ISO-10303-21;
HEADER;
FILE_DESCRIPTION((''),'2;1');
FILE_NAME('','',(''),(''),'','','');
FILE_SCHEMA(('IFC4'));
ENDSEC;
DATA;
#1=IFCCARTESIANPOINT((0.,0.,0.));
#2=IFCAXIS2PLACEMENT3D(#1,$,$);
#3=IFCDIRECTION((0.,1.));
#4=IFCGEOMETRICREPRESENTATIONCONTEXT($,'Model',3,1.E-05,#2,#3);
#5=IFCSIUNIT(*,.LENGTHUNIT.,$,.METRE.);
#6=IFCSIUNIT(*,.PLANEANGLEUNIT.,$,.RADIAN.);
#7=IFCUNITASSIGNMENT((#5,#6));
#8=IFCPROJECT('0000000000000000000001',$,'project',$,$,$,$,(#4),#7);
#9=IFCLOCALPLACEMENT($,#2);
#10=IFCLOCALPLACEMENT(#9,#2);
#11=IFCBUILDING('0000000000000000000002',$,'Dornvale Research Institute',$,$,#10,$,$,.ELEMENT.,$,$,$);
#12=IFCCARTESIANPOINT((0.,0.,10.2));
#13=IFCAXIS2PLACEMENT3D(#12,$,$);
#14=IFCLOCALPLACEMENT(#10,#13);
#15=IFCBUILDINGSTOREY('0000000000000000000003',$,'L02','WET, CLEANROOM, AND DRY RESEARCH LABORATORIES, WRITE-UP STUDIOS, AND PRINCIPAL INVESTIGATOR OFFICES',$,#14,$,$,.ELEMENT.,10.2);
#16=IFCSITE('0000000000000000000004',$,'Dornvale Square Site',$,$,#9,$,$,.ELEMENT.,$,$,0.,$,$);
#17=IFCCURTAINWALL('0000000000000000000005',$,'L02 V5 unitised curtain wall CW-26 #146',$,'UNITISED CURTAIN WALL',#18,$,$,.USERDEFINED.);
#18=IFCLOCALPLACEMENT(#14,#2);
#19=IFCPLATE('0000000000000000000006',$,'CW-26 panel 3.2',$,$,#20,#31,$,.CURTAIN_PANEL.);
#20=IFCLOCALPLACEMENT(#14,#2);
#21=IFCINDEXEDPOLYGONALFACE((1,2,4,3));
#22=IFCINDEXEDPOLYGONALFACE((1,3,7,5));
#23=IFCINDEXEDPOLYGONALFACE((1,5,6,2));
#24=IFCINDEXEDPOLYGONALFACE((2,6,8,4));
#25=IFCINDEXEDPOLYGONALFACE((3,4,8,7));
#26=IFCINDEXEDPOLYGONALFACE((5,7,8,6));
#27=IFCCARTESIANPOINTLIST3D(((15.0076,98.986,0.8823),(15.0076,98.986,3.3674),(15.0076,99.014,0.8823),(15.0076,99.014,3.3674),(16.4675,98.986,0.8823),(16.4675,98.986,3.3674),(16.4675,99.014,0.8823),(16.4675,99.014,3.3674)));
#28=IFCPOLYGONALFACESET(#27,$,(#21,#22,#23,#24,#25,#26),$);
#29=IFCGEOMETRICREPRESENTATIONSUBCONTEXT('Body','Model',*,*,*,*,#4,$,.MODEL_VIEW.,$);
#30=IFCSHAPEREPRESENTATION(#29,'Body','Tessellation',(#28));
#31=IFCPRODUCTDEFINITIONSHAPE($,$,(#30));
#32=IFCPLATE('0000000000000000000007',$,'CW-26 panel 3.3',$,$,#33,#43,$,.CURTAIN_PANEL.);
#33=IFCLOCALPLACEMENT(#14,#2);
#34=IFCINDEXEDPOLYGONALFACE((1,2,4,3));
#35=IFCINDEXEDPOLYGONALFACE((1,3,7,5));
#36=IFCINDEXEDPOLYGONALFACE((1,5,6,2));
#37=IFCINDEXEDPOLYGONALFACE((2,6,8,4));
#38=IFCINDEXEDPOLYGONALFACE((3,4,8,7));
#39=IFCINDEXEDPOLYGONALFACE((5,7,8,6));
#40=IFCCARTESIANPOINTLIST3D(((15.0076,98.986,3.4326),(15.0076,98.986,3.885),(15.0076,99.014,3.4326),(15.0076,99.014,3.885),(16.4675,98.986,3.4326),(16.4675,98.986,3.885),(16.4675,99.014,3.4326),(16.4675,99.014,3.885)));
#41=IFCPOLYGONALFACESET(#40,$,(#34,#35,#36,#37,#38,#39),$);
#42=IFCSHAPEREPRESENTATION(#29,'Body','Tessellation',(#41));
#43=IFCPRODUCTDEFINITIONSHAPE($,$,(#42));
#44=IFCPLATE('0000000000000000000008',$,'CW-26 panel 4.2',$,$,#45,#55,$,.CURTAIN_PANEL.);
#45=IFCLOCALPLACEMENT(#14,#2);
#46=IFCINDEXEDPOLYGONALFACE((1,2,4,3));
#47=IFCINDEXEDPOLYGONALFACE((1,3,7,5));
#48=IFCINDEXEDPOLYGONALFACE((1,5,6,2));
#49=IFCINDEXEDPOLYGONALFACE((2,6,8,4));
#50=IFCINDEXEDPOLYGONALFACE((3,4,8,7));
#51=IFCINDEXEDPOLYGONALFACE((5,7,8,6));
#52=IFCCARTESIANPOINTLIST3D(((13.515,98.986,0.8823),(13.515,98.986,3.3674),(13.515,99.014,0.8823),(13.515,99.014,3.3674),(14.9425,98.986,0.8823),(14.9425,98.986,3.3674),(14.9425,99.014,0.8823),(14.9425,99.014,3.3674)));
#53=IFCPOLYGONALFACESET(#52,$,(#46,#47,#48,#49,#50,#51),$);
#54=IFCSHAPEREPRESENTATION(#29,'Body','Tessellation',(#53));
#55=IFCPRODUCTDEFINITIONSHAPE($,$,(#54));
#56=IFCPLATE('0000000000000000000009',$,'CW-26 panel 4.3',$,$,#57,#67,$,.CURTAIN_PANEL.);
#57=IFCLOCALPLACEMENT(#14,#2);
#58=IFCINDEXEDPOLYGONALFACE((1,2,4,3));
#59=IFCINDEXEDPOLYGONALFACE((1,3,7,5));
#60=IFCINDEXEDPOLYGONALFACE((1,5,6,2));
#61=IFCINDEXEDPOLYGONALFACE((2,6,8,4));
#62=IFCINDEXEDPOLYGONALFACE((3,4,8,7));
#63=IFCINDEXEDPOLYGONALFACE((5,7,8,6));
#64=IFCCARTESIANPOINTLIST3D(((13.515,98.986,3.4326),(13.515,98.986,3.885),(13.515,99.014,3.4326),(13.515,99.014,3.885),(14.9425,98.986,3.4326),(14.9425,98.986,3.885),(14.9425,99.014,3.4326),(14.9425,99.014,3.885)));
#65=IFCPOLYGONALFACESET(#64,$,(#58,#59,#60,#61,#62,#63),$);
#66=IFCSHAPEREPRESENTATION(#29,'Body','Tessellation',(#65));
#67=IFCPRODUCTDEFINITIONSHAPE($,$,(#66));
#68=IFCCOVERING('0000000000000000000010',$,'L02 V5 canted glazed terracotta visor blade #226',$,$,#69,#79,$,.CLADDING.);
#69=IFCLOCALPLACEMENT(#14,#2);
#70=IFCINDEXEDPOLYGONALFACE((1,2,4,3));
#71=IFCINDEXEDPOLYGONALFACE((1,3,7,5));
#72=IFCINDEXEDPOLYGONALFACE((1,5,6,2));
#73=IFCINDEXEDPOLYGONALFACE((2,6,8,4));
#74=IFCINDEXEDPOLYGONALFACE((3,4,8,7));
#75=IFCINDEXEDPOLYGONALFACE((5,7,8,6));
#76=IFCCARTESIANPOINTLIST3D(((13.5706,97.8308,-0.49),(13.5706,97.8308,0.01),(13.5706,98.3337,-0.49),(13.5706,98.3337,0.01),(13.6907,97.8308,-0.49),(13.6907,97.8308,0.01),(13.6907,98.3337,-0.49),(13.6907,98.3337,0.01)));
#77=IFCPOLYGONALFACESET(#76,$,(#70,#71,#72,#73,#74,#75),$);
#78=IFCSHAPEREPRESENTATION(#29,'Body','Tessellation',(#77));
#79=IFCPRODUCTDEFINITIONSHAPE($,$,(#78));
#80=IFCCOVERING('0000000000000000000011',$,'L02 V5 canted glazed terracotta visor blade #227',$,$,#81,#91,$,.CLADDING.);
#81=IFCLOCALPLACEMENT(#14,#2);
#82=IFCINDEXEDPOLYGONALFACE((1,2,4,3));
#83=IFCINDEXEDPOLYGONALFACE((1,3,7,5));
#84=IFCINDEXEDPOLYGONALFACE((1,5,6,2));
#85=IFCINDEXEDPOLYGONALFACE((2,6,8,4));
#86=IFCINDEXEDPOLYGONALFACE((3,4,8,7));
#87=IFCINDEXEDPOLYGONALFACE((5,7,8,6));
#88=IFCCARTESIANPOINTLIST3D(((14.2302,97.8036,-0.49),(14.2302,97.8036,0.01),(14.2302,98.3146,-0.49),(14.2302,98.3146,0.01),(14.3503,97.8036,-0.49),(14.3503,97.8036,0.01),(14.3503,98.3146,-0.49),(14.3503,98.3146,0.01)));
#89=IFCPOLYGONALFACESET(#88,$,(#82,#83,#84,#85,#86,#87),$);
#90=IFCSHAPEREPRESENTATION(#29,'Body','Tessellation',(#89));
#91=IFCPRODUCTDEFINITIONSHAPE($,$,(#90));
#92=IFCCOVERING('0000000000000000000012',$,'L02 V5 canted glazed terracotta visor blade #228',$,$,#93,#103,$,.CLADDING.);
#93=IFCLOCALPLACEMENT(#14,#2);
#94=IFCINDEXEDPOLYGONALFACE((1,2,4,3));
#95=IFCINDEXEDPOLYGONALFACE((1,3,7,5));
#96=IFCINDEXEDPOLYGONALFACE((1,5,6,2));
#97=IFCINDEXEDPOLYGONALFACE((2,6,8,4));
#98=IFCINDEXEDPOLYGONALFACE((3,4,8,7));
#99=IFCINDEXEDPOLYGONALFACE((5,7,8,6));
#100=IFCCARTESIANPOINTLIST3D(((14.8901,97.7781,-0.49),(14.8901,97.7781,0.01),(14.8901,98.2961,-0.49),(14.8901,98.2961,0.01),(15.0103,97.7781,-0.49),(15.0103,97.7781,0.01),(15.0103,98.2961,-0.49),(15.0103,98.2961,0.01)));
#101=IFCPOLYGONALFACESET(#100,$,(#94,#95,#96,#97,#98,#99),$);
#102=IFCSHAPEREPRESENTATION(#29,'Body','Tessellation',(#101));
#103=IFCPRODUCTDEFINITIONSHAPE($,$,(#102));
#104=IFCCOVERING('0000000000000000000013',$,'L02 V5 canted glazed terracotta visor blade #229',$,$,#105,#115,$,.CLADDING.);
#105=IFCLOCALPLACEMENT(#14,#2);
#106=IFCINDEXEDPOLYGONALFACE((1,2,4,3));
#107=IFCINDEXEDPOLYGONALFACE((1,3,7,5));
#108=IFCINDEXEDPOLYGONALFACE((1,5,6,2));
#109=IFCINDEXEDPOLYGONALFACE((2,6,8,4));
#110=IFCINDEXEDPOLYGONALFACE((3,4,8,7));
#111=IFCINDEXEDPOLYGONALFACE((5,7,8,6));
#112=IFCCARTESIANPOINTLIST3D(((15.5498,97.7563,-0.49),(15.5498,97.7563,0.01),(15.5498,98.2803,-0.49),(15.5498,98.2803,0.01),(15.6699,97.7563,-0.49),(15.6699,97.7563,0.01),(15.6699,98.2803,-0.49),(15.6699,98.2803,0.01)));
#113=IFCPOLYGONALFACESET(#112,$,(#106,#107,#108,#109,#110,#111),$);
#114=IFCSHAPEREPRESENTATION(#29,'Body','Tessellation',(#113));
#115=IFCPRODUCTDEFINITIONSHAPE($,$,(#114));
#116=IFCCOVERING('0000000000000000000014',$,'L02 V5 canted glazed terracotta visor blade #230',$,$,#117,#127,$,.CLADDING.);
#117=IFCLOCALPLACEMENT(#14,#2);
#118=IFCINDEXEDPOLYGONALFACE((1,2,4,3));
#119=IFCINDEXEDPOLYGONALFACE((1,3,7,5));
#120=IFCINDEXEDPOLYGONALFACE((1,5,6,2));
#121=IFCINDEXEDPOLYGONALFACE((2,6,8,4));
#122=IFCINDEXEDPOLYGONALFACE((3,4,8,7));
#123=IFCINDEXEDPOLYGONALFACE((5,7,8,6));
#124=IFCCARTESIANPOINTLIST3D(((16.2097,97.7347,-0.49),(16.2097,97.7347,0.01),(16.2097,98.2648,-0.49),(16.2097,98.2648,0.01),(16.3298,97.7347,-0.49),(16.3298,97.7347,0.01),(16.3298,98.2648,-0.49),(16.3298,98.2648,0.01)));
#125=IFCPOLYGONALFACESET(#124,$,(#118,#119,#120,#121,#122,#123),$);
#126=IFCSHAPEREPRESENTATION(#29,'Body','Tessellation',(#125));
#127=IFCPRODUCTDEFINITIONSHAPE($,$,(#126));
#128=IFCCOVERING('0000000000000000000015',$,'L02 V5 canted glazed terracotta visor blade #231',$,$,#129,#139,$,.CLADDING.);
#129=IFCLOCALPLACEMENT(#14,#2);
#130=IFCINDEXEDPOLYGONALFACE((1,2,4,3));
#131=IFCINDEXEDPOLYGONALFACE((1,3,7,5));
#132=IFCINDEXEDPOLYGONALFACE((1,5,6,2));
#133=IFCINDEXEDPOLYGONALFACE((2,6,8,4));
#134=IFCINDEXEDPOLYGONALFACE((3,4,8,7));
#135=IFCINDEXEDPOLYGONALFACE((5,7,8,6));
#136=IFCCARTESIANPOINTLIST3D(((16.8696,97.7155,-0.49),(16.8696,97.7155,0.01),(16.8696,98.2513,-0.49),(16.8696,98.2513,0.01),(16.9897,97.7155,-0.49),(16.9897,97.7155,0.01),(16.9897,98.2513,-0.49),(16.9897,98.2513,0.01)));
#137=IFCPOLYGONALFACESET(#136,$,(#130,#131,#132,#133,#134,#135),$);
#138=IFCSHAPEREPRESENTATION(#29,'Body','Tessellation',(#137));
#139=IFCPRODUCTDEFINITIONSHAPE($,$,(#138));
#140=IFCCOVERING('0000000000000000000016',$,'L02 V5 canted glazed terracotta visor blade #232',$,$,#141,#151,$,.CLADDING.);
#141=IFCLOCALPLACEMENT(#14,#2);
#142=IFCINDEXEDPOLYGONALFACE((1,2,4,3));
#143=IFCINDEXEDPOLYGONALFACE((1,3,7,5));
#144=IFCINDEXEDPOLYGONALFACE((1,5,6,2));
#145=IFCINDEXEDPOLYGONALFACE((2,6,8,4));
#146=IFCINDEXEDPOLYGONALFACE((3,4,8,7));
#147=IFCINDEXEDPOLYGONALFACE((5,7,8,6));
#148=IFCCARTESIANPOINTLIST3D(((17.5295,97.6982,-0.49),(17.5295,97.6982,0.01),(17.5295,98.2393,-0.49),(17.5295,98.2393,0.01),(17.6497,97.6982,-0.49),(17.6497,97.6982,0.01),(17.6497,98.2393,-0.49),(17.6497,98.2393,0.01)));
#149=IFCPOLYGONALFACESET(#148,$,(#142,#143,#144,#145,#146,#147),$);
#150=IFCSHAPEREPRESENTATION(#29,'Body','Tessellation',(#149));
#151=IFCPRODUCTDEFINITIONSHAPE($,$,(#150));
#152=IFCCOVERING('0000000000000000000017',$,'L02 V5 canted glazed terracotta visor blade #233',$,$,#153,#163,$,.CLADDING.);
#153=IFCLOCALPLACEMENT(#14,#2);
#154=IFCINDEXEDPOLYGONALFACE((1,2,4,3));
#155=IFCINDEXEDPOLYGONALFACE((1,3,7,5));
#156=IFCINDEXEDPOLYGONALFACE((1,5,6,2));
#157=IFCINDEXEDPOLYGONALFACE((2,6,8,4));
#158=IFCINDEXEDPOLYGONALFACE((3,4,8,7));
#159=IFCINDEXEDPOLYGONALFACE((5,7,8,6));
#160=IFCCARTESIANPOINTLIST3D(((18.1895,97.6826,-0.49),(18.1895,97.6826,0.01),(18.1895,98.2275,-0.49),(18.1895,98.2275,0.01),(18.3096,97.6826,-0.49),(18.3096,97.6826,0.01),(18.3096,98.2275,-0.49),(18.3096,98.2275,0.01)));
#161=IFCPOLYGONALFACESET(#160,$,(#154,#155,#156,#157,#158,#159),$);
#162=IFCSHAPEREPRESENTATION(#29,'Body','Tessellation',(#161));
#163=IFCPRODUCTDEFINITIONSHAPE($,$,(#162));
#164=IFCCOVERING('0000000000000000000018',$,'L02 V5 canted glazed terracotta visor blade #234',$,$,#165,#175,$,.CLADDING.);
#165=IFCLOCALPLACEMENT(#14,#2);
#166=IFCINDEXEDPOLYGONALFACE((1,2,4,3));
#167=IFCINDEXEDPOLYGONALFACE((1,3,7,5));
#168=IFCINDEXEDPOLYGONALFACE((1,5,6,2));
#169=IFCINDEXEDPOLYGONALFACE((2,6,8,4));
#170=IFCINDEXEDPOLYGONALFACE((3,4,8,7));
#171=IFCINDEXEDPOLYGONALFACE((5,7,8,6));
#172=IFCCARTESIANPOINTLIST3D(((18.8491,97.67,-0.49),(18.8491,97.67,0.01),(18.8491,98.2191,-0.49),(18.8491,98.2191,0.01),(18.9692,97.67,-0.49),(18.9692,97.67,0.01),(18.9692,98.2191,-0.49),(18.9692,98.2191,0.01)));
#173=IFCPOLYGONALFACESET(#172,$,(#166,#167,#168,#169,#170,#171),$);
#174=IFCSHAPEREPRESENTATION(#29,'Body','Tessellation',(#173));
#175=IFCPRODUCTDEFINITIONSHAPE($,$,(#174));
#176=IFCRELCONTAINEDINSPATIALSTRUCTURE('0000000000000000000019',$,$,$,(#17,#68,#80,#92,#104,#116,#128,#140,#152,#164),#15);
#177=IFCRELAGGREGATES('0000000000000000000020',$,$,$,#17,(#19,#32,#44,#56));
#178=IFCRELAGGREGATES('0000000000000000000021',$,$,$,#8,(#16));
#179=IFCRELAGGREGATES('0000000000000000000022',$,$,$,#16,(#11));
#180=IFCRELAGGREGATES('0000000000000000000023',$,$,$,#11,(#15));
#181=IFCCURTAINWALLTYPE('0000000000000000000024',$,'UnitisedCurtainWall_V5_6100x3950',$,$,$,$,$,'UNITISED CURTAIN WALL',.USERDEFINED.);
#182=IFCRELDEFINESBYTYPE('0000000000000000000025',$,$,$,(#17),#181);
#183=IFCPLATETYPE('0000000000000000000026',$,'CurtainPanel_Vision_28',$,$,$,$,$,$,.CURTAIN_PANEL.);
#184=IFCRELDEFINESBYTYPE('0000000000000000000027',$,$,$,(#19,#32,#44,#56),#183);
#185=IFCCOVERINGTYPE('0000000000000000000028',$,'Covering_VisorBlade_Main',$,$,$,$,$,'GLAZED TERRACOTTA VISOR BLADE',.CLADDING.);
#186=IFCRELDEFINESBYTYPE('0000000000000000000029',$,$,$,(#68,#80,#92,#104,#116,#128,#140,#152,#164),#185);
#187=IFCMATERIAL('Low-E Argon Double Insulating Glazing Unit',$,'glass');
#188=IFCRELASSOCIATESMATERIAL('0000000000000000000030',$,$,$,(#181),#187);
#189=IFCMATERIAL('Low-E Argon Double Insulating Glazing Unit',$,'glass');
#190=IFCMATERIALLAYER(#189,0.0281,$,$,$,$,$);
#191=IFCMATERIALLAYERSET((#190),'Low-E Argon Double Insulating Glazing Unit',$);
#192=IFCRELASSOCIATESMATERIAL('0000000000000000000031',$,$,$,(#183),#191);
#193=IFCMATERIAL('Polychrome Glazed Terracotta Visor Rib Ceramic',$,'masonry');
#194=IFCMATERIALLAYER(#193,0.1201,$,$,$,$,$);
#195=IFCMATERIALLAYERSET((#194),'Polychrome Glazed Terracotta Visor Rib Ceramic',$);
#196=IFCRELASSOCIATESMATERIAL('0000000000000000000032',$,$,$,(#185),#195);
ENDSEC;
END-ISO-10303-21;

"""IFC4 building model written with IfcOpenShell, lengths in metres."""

from ifc_helpers import new_model, si_unit, direction, frame, origin, origin_2d, place, context, subcontext, project, spatial, rectangle, extrude, material, layer, layer_set, type_object, element, aggregate, save


model = new_model("IFC4")

# Units and contexts
model_context = context("Model", 3, precision=1e-05, world=origin(), true_north=direction((0.0, 1.0)))
body_context = subcontext(model_context, "Body", "Model", "MODEL_VIEW")
ifc_project = project(units=[si_unit("LENGTHUNIT", "METRE"), si_unit("PLANEANGLEUNIT", "RADIAN")], contexts=[model_context])

# Site, building, storey
site_placement = place(None, origin())
site = spatial("IfcSite", under=ifc_project, at=site_placement, Name="Dornvale Square Site", CompositionType="ELEMENT", RefElevation=0.0)
building_placement = place(site_placement, origin())
building = spatial("IfcBuilding", under=site, at=building_placement, Name="Dornvale Research Institute", CompositionType="ELEMENT")
storey_placement = place(building_placement, frame((0.0, 0.0, 10.2)))
storey = spatial("IfcBuildingStorey", under=building, at=storey_placement, Name="L02", Description="WET, CLEANROOM, AND DRY RESEARCH LABORATORIES, WRITE-UP STUDIOS, AND PRINCIPAL INVESTIGATOR OFFICES", CompositionType="ELEMENT", Elevation=10.2)

# Curtain wall, plates
ifc_material_1 = material(Name="Low-E Argon Double Insulating Glazing Unit", Category="glass")
curtain_wall_type = type_object("IfcCurtainWallType", Name="UnitisedCurtainWall_V5_6100x3950", ElementType="UNITISED CURTAIN WALL", PredefinedType="USERDEFINED", material=ifc_material_1)
curtain_wall_placement = place(storey_placement, origin())
curtain_wall = element("IfcCurtainWall", 1, at=curtain_wall_placement, inside=storey, type_object=curtain_wall_type, Name="L02 V5 unitised curtain wall CW-26 #146", ObjectType="UNITISED CURTAIN WALL", PredefinedType="USERDEFINED")
ifc_material_2 = material(Name="Low-E Argon Double Insulating Glazing Unit", Category="glass")
ifc_layer_1 = layer(ifc_material_2, 0.0281)
ifc_layer_set_1 = layer_set([ifc_layer_1], Name="Low-E Argon Double Insulating Glazing Unit")
plate_type_1 = type_object("IfcPlateType", Name="CurtainPanel_Vision_28", PredefinedType="CURTAIN_PANEL", material=ifc_layer_set_1)
plate_1_placement = place(storey_placement, frame((15.7375, 99.0, 0.8823), z_axis=(0.0, 0.0, 1.0), x_axis=(-1.0, 0.0, 0.0)))
plate_1 = element("IfcPlate", 2, at=plate_1_placement, type_object=plate_type_1, Name="CW-26 panel 3.2", PredefinedType="CURTAIN_PANEL", context=body_context, shape_type="SweptSolid", body=[
    extrude(rectangle(XDim=1.46, YDim=0.0281, at=origin_2d()), origin(), (0.0, 0.0, 1.0), 2.4851),
])
plate_2_placement = place(storey_placement, frame((15.7375, 99.0, 3.4326), z_axis=(0.0, 0.0, 1.0), x_axis=(-1.0, 0.0, 0.0)))
plate_2 = element("IfcPlate", 3, at=plate_2_placement, type_object=plate_type_1, Name="CW-26 panel 3.3", PredefinedType="CURTAIN_PANEL", context=body_context, shape_type="SweptSolid", body=[
    extrude(rectangle(XDim=1.46, YDim=0.0281, at=origin_2d()), origin(), (0.0, 0.0, 1.0), 0.4524),
])
plate_3_placement = place(storey_placement, frame((14.2288, 99.0, 0.8823), z_axis=(0.0, 0.0, 1.0), x_axis=(-1.0, 0.0, 0.0)))
plate_3 = element("IfcPlate", 4, at=plate_3_placement, type_object=plate_type_1, Name="CW-26 panel 4.2", PredefinedType="CURTAIN_PANEL", context=body_context, shape_type="SweptSolid", body=[
    extrude(rectangle(XDim=1.4275, YDim=0.0281, at=origin_2d()), origin(), (0.0, 0.0, 1.0), 2.4851),
])
plate_4_placement = place(storey_placement, frame((14.2288, 99.0, 3.4326), z_axis=(0.0, 0.0, 1.0), x_axis=(-1.0, 0.0, 0.0)))
plate_4 = element("IfcPlate", 5, at=plate_4_placement, type_object=plate_type_1, Name="CW-26 panel 4.3", PredefinedType="CURTAIN_PANEL", context=body_context, shape_type="SweptSolid", body=[
    extrude(rectangle(XDim=1.4275, YDim=0.0281, at=origin_2d()), origin(), (0.0, 0.0, 1.0), 0.4524),
])
aggregate(curtain_wall, [plate_1, plate_2, plate_3, plate_4])

# Coverings
ifc_material_3 = material(Name="Polychrome Glazed Terracotta Visor Rib Ceramic", Category="masonry")
ifc_layer_2 = layer(ifc_material_3, 0.1201)
ifc_layer_set_2 = layer_set([ifc_layer_2], Name="Polychrome Glazed Terracotta Visor Rib Ceramic")
covering_type = type_object("IfcCoveringType", Name="Covering_VisorBlade_Main", ElementType="GLAZED TERRACOTTA VISOR BLADE", PredefinedType="CLADDING", material=ifc_layer_set_2)
covering_1_placement = place(storey_placement, frame((13.6306, 98.0823, -0.49), z_axis=(0.0, 0.0, 1.0), x_axis=(0.0, 1.0, 0.0)))
element("IfcCovering", 6, at=covering_1_placement, inside=storey, type_object=covering_type, Name="L02 V5 canted glazed terracotta visor blade #226", PredefinedType="CLADDING", context=body_context, shape_type="SweptSolid", body=[
    extrude(rectangle(XDim=0.5029, YDim=0.1201, at=origin_2d()), origin(), (0.0, 0.0, 1.0), 0.5),
])
covering_2_placement = place(storey_placement, frame((14.2903, 98.0591, -0.49), z_axis=(0.0, 0.0, 1.0), x_axis=(0.0, 1.0, 0.0)))
element("IfcCovering", 7, at=covering_2_placement, inside=storey, type_object=covering_type, Name="L02 V5 canted glazed terracotta visor blade #227", PredefinedType="CLADDING", context=body_context, shape_type="SweptSolid", body=[
    extrude(rectangle(XDim=0.511, YDim=0.1201, at=origin_2d()), origin(), (0.0, 0.0, 1.0), 0.5),
])
covering_3_placement = place(storey_placement, frame((14.9502, 98.0371, -0.49), z_axis=(0.0, 0.0, 1.0), x_axis=(0.0, 1.0, 0.0)))
element("IfcCovering", 8, at=covering_3_placement, inside=storey, type_object=covering_type, Name="L02 V5 canted glazed terracotta visor blade #228", PredefinedType="CLADDING", context=body_context, shape_type="SweptSolid", body=[
    extrude(rectangle(XDim=0.5181, YDim=0.1201, at=origin_2d()), origin(), (0.0, 0.0, 1.0), 0.5),
])
covering_4_placement = place(storey_placement, frame((15.6099, 98.0183, -0.49), z_axis=(0.0, 0.0, 1.0), x_axis=(0.0, 1.0, 0.0)))
element("IfcCovering", 9, at=covering_4_placement, inside=storey, type_object=covering_type, Name="L02 V5 canted glazed terracotta visor blade #229", PredefinedType="CLADDING", context=body_context, shape_type="SweptSolid", body=[
    extrude(rectangle(XDim=0.5239, YDim=0.1201, at=origin_2d()), origin(), (0.0, 0.0, 1.0), 0.5),
])
covering_5_placement = place(storey_placement, frame((16.2698, 97.9998, -0.49), z_axis=(0.0, 0.0, 1.0), x_axis=(0.0, 1.0, 0.0)))
element("IfcCovering", 10, at=covering_5_placement, inside=storey, type_object=covering_type, Name="L02 V5 canted glazed terracotta visor blade #230", PredefinedType="CLADDING", context=body_context, shape_type="SweptSolid", body=[
    extrude(rectangle(XDim=0.53, YDim=0.1201, at=origin_2d()), origin(), (0.0, 0.0, 1.0), 0.5),
])
covering_6_placement = place(storey_placement, frame((16.9297, 97.9834, -0.49), z_axis=(0.0, 0.0, 1.0), x_axis=(0.0, 1.0, 0.0)))
element("IfcCovering", 11, at=covering_6_placement, inside=storey, type_object=covering_type, Name="L02 V5 canted glazed terracotta visor blade #231", PredefinedType="CLADDING", context=body_context, shape_type="SweptSolid", body=[
    extrude(rectangle(XDim=0.5359, YDim=0.1201, at=origin_2d()), origin(), (0.0, 0.0, 1.0), 0.5),
])
covering_7_placement = place(storey_placement, frame((17.5896, 97.9688, -0.49), z_axis=(0.0, 0.0, 1.0), x_axis=(0.0, 1.0, 0.0)))
element("IfcCovering", 12, at=covering_7_placement, inside=storey, type_object=covering_type, Name="L02 V5 canted glazed terracotta visor blade #232", PredefinedType="CLADDING", context=body_context, shape_type="SweptSolid", body=[
    extrude(rectangle(XDim=0.541, YDim=0.1201, at=origin_2d()), origin(), (0.0, 0.0, 1.0), 0.5),
])
covering_8_placement = place(storey_placement, frame((18.2495, 97.9551, -0.49), z_axis=(0.0, 0.0, 1.0), x_axis=(0.0, 1.0, 0.0)))
element("IfcCovering", 13, at=covering_8_placement, inside=storey, type_object=covering_type, Name="L02 V5 canted glazed terracotta visor blade #233", PredefinedType="CLADDING", context=body_context, shape_type="SweptSolid", body=[
    extrude(rectangle(XDim=0.5449, YDim=0.1201, at=origin_2d()), origin(), (0.0, 0.0, 1.0), 0.5),
])
covering_9_placement = place(storey_placement, frame((18.9092, 97.9446, -0.49), z_axis=(0.0, 0.0, 1.0), x_axis=(0.0, 1.0, 0.0)))
element("IfcCovering", 14, at=covering_9_placement, inside=storey, type_object=covering_type, Name="L02 V5 canted glazed terracotta visor blade #234", PredefinedType="CLADDING", context=body_context, shape_type="SweptSolid", body=[
    extrude(rectangle(XDim=0.5491, YDim=0.1201, at=origin_2d()), origin(), (0.0, 0.0, 1.0), 0.5),
])

save(model, "model.ifc")
